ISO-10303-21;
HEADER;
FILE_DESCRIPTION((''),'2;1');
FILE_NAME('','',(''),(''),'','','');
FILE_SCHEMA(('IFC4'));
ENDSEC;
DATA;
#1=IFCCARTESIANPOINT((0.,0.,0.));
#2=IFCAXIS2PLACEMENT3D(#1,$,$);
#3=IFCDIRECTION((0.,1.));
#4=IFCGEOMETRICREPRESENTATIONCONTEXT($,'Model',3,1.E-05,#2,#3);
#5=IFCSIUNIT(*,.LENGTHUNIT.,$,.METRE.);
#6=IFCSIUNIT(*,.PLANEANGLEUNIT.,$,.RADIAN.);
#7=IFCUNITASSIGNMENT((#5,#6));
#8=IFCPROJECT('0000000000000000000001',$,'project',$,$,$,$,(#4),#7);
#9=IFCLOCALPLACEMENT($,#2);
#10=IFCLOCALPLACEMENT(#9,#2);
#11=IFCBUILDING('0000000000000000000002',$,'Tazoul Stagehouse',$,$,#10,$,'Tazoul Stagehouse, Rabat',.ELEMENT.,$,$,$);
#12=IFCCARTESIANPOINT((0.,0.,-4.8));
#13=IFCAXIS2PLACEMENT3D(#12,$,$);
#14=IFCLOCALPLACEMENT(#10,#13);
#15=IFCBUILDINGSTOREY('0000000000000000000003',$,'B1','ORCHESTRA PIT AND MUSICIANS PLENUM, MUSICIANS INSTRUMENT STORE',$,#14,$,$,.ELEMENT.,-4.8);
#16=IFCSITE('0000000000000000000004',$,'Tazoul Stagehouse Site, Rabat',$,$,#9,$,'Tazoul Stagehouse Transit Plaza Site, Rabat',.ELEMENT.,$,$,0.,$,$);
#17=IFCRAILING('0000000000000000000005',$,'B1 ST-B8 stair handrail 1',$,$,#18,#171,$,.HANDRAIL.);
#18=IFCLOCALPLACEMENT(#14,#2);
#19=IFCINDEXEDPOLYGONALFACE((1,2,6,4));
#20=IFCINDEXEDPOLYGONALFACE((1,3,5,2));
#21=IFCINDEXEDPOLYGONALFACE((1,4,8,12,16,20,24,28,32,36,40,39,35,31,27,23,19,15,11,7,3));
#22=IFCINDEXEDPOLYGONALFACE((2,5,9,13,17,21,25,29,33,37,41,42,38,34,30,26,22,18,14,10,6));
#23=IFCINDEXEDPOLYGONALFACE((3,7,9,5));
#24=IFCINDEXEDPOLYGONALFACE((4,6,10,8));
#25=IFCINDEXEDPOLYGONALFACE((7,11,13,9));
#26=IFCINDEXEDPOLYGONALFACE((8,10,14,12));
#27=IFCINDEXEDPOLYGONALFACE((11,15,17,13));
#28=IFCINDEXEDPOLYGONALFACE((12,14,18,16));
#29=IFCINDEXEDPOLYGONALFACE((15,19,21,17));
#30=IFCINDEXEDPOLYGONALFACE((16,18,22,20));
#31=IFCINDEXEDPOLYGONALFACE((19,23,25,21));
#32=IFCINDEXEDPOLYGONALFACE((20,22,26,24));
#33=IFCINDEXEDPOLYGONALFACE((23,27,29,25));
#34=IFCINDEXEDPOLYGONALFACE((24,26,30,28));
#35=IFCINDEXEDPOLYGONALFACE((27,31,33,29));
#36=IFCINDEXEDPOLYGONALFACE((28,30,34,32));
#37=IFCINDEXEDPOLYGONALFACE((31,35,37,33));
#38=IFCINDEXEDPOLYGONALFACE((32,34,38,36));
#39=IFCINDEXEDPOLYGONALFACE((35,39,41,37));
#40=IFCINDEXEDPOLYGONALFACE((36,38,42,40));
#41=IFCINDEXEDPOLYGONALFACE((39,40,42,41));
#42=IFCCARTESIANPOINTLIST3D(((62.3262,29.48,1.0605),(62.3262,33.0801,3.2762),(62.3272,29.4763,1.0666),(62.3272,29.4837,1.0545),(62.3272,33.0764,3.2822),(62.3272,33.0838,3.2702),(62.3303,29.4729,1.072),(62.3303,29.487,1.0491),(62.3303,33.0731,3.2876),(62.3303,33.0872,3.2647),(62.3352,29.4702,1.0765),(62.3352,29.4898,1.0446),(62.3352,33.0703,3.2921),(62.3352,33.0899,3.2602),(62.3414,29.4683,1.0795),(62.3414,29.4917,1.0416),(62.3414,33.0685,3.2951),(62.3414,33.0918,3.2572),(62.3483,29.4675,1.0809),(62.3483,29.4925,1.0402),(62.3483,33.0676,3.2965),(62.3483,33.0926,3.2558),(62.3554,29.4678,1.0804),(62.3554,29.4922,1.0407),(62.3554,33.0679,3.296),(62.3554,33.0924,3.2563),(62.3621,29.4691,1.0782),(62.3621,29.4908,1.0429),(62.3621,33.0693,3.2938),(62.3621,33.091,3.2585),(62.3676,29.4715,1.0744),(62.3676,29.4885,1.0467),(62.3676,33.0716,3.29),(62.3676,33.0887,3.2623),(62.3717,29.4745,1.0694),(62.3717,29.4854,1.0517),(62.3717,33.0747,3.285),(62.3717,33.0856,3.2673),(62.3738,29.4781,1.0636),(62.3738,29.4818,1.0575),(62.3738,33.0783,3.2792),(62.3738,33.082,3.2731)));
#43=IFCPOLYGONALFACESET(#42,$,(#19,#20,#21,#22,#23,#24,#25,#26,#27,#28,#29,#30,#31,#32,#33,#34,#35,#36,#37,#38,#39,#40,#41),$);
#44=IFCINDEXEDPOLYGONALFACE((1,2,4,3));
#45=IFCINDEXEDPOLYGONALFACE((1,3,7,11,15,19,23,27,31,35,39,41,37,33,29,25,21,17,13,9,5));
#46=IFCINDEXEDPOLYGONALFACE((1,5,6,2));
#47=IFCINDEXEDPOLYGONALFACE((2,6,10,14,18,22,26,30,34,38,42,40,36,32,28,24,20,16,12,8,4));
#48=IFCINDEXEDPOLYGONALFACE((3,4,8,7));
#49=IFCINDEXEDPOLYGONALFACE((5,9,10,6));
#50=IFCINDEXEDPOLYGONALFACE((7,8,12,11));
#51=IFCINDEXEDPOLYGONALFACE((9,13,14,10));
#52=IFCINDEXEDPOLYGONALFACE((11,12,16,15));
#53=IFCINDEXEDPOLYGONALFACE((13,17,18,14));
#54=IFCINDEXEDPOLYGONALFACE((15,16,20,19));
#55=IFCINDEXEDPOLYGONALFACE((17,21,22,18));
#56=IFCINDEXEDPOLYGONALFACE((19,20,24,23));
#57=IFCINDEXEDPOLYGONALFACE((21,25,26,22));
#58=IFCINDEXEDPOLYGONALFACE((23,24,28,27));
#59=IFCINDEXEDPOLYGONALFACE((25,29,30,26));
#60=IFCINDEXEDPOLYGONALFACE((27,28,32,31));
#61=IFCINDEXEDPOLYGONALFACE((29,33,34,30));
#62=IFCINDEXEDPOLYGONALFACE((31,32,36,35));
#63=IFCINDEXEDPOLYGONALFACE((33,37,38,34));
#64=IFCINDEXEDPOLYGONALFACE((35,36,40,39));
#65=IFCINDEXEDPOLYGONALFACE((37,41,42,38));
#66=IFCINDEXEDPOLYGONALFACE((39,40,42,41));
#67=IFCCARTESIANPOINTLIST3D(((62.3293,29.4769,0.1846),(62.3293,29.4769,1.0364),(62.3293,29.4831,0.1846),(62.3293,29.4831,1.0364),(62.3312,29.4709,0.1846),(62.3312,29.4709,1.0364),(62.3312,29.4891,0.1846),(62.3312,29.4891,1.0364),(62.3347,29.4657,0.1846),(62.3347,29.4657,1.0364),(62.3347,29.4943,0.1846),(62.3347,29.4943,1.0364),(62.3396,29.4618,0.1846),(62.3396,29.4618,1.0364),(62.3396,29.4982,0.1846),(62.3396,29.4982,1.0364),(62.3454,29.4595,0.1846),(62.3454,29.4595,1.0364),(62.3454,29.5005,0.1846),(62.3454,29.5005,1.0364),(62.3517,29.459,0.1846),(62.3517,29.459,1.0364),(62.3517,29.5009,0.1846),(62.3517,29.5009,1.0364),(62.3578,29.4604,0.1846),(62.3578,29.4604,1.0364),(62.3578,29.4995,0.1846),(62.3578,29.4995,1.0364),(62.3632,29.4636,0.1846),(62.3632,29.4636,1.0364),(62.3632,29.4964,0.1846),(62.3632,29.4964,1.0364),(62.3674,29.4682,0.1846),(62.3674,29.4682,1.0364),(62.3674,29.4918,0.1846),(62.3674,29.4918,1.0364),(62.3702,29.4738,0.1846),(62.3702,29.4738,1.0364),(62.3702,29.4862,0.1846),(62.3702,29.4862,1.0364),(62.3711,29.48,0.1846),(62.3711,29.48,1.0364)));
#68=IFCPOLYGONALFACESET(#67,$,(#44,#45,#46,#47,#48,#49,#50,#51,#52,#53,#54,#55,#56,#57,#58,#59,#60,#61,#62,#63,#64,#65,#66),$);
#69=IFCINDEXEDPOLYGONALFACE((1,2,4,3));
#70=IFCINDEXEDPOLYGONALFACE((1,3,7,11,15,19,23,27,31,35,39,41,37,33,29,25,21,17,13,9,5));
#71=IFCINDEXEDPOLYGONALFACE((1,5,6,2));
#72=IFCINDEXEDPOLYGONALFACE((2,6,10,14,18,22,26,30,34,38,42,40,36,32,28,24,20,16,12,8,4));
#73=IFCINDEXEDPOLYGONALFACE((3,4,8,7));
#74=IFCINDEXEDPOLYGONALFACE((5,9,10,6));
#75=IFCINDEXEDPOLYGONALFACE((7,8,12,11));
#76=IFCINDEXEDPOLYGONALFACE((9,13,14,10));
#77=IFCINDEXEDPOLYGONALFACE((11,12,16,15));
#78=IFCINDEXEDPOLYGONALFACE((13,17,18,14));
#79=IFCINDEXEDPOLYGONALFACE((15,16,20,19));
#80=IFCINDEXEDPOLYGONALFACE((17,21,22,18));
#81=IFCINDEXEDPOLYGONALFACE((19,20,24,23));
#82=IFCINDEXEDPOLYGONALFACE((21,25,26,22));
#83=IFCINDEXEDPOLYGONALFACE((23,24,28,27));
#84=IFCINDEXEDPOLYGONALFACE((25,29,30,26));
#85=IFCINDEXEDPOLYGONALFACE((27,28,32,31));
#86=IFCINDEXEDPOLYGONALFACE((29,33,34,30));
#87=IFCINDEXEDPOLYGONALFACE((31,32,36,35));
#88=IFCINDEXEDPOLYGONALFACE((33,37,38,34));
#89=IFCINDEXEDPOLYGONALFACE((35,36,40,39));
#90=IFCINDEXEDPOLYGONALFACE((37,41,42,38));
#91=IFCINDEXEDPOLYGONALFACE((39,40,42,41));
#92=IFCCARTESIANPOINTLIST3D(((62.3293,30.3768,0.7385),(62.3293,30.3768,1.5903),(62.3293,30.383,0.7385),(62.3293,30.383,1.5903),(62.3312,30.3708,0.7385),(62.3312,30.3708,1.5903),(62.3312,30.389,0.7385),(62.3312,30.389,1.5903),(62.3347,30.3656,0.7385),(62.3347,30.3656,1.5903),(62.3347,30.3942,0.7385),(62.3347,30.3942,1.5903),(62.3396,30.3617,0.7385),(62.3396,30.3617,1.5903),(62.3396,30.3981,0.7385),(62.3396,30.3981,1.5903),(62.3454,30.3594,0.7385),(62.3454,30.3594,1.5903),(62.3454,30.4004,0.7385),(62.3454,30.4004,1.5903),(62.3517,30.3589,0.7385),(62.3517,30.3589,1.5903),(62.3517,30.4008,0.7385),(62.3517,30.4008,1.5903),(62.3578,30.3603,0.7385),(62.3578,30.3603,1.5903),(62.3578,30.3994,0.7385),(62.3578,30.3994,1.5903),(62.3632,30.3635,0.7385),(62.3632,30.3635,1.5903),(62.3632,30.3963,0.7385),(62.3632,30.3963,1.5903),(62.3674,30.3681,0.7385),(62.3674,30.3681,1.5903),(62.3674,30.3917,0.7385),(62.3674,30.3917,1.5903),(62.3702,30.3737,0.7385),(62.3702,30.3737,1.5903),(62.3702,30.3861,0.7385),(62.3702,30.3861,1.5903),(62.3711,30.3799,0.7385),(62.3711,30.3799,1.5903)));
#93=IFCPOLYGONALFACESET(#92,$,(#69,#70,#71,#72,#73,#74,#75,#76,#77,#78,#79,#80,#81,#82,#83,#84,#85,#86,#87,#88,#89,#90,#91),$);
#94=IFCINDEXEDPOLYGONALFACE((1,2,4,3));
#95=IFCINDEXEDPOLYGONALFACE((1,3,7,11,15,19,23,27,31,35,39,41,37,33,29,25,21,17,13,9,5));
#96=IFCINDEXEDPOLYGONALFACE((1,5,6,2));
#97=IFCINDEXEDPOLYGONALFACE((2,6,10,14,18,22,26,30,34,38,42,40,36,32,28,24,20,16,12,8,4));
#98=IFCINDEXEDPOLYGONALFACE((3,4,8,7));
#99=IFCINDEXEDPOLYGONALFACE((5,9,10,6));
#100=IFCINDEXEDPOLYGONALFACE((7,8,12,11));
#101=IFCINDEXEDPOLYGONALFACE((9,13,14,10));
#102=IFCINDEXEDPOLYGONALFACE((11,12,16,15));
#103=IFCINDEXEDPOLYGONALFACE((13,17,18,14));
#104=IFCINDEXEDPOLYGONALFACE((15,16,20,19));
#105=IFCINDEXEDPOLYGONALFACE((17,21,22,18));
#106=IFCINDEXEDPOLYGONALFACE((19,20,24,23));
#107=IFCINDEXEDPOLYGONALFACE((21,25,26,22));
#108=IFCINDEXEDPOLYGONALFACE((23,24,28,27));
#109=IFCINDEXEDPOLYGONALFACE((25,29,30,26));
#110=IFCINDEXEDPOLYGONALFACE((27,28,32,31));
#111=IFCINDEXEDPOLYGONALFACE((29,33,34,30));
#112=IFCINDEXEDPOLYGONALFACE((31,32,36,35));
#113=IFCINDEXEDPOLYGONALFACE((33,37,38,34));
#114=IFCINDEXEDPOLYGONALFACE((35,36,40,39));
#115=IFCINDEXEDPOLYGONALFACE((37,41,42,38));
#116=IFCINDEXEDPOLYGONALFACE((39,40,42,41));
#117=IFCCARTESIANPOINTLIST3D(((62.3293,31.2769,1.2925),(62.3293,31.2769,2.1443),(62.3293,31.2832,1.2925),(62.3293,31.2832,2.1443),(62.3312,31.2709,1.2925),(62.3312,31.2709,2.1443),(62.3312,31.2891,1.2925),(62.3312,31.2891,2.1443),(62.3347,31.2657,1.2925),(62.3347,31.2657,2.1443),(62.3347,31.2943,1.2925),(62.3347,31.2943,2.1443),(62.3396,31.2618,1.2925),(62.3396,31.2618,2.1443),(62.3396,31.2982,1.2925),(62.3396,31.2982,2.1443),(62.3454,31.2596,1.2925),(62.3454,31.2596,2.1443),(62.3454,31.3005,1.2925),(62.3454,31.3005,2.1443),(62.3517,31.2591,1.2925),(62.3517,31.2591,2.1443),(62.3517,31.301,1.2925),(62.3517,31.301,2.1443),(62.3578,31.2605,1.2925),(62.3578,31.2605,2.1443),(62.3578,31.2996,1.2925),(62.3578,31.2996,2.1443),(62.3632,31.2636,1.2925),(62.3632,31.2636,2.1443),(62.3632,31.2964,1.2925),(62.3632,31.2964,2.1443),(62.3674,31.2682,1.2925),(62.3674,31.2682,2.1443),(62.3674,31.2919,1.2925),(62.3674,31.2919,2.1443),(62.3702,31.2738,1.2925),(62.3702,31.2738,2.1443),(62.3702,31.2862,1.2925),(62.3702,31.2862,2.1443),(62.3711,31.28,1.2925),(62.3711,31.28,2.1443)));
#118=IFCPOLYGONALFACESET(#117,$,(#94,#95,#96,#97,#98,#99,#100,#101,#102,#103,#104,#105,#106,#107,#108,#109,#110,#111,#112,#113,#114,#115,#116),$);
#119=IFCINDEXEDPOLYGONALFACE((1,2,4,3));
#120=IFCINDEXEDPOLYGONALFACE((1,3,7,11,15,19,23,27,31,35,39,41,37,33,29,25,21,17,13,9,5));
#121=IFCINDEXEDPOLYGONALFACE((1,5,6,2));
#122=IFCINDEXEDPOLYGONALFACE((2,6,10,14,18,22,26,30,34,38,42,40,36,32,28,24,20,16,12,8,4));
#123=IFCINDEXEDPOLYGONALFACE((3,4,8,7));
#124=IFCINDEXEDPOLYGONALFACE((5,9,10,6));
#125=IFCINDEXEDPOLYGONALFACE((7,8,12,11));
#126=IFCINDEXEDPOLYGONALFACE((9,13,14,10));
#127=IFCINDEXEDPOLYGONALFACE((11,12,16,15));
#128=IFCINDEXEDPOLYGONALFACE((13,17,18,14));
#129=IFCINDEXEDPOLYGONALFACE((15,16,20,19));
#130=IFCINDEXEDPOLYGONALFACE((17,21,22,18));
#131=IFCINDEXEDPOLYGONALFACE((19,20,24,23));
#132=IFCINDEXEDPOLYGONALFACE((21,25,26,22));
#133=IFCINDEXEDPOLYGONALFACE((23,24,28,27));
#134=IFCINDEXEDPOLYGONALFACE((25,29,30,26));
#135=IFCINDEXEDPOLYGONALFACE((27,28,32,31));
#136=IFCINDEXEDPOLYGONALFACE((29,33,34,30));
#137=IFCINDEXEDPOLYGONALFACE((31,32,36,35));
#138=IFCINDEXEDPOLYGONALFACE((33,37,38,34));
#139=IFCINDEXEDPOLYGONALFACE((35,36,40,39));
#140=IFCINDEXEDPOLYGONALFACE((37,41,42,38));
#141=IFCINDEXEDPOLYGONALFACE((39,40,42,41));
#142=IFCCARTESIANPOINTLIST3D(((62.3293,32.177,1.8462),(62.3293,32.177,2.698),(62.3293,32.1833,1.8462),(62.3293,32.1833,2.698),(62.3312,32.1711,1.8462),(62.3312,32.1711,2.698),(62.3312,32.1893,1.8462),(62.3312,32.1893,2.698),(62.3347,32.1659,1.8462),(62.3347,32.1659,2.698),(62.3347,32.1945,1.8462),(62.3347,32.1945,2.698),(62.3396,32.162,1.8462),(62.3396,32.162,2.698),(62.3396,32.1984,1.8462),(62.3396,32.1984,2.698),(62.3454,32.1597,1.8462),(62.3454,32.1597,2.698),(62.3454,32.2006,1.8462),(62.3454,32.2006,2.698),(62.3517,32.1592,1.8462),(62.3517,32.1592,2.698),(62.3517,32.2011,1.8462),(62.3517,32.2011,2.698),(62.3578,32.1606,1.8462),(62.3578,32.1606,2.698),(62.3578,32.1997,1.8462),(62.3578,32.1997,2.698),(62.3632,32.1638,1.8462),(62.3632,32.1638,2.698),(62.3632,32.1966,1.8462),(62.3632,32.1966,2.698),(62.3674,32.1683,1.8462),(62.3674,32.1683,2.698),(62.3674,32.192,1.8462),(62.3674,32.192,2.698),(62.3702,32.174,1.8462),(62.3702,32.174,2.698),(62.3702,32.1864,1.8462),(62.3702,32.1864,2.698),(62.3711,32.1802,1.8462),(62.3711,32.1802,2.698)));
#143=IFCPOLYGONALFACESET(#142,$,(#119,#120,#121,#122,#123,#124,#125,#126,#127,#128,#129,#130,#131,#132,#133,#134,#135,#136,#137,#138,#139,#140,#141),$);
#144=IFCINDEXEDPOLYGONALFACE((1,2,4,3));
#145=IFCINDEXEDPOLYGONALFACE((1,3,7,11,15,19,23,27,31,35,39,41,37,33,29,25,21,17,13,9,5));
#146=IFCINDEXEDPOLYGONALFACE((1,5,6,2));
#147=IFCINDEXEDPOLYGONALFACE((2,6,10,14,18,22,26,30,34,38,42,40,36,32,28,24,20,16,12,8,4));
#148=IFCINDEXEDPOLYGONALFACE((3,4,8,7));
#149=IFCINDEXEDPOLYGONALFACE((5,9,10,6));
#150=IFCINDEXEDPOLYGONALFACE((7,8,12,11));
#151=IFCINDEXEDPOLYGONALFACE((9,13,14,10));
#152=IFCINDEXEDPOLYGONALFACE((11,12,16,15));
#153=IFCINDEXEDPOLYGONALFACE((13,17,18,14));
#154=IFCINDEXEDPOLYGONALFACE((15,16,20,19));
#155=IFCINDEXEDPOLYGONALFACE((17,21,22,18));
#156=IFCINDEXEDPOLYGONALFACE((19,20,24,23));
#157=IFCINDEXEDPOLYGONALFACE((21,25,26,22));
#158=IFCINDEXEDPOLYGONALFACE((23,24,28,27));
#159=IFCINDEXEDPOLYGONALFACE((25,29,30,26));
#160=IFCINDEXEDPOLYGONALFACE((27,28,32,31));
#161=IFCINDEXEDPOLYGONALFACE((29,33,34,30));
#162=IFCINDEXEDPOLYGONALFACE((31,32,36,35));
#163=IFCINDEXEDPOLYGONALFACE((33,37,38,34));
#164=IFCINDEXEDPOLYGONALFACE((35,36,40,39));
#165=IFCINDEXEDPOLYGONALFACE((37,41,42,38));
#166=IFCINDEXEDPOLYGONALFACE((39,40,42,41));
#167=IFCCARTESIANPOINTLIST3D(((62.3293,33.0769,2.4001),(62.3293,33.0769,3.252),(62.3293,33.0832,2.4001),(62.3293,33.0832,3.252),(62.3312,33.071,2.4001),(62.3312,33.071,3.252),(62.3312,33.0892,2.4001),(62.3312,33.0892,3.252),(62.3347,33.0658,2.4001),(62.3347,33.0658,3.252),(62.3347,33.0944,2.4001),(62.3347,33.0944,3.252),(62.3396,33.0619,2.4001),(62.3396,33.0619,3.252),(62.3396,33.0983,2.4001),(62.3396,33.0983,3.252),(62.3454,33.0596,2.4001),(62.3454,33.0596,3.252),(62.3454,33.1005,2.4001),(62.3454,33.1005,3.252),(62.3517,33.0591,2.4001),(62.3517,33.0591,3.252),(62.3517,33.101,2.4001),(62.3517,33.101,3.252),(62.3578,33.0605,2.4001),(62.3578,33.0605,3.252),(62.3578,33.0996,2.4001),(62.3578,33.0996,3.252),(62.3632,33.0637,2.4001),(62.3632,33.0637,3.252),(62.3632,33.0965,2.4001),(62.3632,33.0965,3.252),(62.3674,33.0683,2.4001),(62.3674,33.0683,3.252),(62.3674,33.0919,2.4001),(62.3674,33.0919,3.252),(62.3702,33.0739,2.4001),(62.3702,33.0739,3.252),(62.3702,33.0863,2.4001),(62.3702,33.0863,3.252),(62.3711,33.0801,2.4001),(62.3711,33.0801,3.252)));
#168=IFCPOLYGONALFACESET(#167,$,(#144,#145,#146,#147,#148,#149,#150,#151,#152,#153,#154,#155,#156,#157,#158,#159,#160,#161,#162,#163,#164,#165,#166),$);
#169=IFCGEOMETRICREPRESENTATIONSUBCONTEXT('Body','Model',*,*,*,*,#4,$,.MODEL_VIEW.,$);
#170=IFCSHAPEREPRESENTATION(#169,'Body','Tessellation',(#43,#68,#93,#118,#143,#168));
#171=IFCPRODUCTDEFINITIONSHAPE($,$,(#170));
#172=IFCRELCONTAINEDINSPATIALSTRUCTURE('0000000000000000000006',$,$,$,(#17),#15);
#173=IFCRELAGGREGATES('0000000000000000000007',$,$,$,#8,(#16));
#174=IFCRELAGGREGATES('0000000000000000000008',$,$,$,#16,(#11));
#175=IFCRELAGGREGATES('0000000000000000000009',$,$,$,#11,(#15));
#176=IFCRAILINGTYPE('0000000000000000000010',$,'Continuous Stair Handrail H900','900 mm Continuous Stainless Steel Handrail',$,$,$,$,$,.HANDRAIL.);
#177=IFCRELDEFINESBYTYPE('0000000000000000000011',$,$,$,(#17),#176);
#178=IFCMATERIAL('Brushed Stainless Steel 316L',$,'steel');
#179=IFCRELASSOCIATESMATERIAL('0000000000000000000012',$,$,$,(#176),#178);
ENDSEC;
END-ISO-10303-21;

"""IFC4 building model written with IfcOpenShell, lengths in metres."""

from ifc_helpers import new_model, si_unit, direction, frame, origin, origin_2d, place, context, subcontext, project, spatial, circle, extrude, material, material_profile, profile_set, type_object, element, save


model = new_model("IFC4")

# Units and contexts
model_context = context("Model", 3, precision=1e-05, world=origin(), true_north=direction((0.0, 1.0)))
body_context = subcontext(model_context, "Body", "Model", "MODEL_VIEW")
ifc_project = project(units=[si_unit("LENGTHUNIT", "METRE"), si_unit("PLANEANGLEUNIT", "RADIAN")], contexts=[model_context])

# Site, building, storey
site_placement = place(None, origin())
site = spatial("IfcSite", under=ifc_project, at=site_placement, Name="Tazoul Stagehouse Site, Rabat", LongName="Tazoul Stagehouse Transit Plaza Site, Rabat", CompositionType="ELEMENT", RefElevation=0.0)
building_placement = place(site_placement, origin())
building = spatial("IfcBuilding", under=site, at=building_placement, Name="Tazoul Stagehouse", LongName="Tazoul Stagehouse, Rabat", CompositionType="ELEMENT")
storey_placement = place(building_placement, frame((0.0, 0.0, -4.8)))
storey = spatial("IfcBuildingStorey", under=building, at=storey_placement, Name="B1", Description="ORCHESTRA PIT AND MUSICIANS PLENUM, MUSICIANS INSTRUMENT STORE", CompositionType="ELEMENT", Elevation=-4.8)

# Railing
ifc_material_1 = material(Name="Brushed Stainless Steel 316L", Category="steel")
ifc_material_profile_1 = material_profile(ifc_material_1, circle(Radius=0.021, at=origin_2d()), Name="SS HANDRAIL D42")
ifc_profile_set_1 = profile_set([ifc_material_profile_1], Name="Brushed Stainless Steel 316L")
railing_type_1 = type_object("IfcRailingType", Name="Continuous Stair Handrail H900", Description="900 mm Continuous Stainless Steel Handrail", PredefinedType="HANDRAIL", material=ifc_profile_set_1)
railing_1_placement = place(storey_placement, frame((62.3501, 29.48, 0.1846)))
element("IfcRailing", 1, at=railing_1_placement, inside=storey, type_object=railing_type_1, Name="B1 ST-B8 stair handrail 1", PredefinedType="HANDRAIL", context=body_context, shape_type="SweptSolid", body=[
    extrude(circle(Radius=0.0239, at=origin_2d()), frame((0.0, 0.0, 0.876), z_axis=(0.0, 0.851644, 0.52412), x_axis=(-1.0, 0.0, 0.0)), (0.0, 0.0, 1.0), 4.2273),
    extrude(circle(Radius=0.021, at=origin_2d()), origin(), (0.0, 0.0, 1.0), 0.8518),
    extrude(circle(Radius=0.021, at=origin_2d()), frame((0.0, 0.8999, 0.554)), (0.0, 0.0, 1.0), 0.8518),
    extrude(circle(Radius=0.021, at=origin_2d()), frame((0.0, 1.8, 1.1079)), (0.0, 0.0, 1.0), 0.8518),
    extrude(circle(Radius=0.021, at=origin_2d()), frame((0.0, 2.7002, 1.6616)), (0.0, 0.0, 1.0), 0.8518),
    extrude(circle(Radius=0.021, at=origin_2d()), frame((0.0, 3.6001, 2.2156)), (0.0, 0.0, 1.0), 0.8518),
])

save(model, "model.ifc")
